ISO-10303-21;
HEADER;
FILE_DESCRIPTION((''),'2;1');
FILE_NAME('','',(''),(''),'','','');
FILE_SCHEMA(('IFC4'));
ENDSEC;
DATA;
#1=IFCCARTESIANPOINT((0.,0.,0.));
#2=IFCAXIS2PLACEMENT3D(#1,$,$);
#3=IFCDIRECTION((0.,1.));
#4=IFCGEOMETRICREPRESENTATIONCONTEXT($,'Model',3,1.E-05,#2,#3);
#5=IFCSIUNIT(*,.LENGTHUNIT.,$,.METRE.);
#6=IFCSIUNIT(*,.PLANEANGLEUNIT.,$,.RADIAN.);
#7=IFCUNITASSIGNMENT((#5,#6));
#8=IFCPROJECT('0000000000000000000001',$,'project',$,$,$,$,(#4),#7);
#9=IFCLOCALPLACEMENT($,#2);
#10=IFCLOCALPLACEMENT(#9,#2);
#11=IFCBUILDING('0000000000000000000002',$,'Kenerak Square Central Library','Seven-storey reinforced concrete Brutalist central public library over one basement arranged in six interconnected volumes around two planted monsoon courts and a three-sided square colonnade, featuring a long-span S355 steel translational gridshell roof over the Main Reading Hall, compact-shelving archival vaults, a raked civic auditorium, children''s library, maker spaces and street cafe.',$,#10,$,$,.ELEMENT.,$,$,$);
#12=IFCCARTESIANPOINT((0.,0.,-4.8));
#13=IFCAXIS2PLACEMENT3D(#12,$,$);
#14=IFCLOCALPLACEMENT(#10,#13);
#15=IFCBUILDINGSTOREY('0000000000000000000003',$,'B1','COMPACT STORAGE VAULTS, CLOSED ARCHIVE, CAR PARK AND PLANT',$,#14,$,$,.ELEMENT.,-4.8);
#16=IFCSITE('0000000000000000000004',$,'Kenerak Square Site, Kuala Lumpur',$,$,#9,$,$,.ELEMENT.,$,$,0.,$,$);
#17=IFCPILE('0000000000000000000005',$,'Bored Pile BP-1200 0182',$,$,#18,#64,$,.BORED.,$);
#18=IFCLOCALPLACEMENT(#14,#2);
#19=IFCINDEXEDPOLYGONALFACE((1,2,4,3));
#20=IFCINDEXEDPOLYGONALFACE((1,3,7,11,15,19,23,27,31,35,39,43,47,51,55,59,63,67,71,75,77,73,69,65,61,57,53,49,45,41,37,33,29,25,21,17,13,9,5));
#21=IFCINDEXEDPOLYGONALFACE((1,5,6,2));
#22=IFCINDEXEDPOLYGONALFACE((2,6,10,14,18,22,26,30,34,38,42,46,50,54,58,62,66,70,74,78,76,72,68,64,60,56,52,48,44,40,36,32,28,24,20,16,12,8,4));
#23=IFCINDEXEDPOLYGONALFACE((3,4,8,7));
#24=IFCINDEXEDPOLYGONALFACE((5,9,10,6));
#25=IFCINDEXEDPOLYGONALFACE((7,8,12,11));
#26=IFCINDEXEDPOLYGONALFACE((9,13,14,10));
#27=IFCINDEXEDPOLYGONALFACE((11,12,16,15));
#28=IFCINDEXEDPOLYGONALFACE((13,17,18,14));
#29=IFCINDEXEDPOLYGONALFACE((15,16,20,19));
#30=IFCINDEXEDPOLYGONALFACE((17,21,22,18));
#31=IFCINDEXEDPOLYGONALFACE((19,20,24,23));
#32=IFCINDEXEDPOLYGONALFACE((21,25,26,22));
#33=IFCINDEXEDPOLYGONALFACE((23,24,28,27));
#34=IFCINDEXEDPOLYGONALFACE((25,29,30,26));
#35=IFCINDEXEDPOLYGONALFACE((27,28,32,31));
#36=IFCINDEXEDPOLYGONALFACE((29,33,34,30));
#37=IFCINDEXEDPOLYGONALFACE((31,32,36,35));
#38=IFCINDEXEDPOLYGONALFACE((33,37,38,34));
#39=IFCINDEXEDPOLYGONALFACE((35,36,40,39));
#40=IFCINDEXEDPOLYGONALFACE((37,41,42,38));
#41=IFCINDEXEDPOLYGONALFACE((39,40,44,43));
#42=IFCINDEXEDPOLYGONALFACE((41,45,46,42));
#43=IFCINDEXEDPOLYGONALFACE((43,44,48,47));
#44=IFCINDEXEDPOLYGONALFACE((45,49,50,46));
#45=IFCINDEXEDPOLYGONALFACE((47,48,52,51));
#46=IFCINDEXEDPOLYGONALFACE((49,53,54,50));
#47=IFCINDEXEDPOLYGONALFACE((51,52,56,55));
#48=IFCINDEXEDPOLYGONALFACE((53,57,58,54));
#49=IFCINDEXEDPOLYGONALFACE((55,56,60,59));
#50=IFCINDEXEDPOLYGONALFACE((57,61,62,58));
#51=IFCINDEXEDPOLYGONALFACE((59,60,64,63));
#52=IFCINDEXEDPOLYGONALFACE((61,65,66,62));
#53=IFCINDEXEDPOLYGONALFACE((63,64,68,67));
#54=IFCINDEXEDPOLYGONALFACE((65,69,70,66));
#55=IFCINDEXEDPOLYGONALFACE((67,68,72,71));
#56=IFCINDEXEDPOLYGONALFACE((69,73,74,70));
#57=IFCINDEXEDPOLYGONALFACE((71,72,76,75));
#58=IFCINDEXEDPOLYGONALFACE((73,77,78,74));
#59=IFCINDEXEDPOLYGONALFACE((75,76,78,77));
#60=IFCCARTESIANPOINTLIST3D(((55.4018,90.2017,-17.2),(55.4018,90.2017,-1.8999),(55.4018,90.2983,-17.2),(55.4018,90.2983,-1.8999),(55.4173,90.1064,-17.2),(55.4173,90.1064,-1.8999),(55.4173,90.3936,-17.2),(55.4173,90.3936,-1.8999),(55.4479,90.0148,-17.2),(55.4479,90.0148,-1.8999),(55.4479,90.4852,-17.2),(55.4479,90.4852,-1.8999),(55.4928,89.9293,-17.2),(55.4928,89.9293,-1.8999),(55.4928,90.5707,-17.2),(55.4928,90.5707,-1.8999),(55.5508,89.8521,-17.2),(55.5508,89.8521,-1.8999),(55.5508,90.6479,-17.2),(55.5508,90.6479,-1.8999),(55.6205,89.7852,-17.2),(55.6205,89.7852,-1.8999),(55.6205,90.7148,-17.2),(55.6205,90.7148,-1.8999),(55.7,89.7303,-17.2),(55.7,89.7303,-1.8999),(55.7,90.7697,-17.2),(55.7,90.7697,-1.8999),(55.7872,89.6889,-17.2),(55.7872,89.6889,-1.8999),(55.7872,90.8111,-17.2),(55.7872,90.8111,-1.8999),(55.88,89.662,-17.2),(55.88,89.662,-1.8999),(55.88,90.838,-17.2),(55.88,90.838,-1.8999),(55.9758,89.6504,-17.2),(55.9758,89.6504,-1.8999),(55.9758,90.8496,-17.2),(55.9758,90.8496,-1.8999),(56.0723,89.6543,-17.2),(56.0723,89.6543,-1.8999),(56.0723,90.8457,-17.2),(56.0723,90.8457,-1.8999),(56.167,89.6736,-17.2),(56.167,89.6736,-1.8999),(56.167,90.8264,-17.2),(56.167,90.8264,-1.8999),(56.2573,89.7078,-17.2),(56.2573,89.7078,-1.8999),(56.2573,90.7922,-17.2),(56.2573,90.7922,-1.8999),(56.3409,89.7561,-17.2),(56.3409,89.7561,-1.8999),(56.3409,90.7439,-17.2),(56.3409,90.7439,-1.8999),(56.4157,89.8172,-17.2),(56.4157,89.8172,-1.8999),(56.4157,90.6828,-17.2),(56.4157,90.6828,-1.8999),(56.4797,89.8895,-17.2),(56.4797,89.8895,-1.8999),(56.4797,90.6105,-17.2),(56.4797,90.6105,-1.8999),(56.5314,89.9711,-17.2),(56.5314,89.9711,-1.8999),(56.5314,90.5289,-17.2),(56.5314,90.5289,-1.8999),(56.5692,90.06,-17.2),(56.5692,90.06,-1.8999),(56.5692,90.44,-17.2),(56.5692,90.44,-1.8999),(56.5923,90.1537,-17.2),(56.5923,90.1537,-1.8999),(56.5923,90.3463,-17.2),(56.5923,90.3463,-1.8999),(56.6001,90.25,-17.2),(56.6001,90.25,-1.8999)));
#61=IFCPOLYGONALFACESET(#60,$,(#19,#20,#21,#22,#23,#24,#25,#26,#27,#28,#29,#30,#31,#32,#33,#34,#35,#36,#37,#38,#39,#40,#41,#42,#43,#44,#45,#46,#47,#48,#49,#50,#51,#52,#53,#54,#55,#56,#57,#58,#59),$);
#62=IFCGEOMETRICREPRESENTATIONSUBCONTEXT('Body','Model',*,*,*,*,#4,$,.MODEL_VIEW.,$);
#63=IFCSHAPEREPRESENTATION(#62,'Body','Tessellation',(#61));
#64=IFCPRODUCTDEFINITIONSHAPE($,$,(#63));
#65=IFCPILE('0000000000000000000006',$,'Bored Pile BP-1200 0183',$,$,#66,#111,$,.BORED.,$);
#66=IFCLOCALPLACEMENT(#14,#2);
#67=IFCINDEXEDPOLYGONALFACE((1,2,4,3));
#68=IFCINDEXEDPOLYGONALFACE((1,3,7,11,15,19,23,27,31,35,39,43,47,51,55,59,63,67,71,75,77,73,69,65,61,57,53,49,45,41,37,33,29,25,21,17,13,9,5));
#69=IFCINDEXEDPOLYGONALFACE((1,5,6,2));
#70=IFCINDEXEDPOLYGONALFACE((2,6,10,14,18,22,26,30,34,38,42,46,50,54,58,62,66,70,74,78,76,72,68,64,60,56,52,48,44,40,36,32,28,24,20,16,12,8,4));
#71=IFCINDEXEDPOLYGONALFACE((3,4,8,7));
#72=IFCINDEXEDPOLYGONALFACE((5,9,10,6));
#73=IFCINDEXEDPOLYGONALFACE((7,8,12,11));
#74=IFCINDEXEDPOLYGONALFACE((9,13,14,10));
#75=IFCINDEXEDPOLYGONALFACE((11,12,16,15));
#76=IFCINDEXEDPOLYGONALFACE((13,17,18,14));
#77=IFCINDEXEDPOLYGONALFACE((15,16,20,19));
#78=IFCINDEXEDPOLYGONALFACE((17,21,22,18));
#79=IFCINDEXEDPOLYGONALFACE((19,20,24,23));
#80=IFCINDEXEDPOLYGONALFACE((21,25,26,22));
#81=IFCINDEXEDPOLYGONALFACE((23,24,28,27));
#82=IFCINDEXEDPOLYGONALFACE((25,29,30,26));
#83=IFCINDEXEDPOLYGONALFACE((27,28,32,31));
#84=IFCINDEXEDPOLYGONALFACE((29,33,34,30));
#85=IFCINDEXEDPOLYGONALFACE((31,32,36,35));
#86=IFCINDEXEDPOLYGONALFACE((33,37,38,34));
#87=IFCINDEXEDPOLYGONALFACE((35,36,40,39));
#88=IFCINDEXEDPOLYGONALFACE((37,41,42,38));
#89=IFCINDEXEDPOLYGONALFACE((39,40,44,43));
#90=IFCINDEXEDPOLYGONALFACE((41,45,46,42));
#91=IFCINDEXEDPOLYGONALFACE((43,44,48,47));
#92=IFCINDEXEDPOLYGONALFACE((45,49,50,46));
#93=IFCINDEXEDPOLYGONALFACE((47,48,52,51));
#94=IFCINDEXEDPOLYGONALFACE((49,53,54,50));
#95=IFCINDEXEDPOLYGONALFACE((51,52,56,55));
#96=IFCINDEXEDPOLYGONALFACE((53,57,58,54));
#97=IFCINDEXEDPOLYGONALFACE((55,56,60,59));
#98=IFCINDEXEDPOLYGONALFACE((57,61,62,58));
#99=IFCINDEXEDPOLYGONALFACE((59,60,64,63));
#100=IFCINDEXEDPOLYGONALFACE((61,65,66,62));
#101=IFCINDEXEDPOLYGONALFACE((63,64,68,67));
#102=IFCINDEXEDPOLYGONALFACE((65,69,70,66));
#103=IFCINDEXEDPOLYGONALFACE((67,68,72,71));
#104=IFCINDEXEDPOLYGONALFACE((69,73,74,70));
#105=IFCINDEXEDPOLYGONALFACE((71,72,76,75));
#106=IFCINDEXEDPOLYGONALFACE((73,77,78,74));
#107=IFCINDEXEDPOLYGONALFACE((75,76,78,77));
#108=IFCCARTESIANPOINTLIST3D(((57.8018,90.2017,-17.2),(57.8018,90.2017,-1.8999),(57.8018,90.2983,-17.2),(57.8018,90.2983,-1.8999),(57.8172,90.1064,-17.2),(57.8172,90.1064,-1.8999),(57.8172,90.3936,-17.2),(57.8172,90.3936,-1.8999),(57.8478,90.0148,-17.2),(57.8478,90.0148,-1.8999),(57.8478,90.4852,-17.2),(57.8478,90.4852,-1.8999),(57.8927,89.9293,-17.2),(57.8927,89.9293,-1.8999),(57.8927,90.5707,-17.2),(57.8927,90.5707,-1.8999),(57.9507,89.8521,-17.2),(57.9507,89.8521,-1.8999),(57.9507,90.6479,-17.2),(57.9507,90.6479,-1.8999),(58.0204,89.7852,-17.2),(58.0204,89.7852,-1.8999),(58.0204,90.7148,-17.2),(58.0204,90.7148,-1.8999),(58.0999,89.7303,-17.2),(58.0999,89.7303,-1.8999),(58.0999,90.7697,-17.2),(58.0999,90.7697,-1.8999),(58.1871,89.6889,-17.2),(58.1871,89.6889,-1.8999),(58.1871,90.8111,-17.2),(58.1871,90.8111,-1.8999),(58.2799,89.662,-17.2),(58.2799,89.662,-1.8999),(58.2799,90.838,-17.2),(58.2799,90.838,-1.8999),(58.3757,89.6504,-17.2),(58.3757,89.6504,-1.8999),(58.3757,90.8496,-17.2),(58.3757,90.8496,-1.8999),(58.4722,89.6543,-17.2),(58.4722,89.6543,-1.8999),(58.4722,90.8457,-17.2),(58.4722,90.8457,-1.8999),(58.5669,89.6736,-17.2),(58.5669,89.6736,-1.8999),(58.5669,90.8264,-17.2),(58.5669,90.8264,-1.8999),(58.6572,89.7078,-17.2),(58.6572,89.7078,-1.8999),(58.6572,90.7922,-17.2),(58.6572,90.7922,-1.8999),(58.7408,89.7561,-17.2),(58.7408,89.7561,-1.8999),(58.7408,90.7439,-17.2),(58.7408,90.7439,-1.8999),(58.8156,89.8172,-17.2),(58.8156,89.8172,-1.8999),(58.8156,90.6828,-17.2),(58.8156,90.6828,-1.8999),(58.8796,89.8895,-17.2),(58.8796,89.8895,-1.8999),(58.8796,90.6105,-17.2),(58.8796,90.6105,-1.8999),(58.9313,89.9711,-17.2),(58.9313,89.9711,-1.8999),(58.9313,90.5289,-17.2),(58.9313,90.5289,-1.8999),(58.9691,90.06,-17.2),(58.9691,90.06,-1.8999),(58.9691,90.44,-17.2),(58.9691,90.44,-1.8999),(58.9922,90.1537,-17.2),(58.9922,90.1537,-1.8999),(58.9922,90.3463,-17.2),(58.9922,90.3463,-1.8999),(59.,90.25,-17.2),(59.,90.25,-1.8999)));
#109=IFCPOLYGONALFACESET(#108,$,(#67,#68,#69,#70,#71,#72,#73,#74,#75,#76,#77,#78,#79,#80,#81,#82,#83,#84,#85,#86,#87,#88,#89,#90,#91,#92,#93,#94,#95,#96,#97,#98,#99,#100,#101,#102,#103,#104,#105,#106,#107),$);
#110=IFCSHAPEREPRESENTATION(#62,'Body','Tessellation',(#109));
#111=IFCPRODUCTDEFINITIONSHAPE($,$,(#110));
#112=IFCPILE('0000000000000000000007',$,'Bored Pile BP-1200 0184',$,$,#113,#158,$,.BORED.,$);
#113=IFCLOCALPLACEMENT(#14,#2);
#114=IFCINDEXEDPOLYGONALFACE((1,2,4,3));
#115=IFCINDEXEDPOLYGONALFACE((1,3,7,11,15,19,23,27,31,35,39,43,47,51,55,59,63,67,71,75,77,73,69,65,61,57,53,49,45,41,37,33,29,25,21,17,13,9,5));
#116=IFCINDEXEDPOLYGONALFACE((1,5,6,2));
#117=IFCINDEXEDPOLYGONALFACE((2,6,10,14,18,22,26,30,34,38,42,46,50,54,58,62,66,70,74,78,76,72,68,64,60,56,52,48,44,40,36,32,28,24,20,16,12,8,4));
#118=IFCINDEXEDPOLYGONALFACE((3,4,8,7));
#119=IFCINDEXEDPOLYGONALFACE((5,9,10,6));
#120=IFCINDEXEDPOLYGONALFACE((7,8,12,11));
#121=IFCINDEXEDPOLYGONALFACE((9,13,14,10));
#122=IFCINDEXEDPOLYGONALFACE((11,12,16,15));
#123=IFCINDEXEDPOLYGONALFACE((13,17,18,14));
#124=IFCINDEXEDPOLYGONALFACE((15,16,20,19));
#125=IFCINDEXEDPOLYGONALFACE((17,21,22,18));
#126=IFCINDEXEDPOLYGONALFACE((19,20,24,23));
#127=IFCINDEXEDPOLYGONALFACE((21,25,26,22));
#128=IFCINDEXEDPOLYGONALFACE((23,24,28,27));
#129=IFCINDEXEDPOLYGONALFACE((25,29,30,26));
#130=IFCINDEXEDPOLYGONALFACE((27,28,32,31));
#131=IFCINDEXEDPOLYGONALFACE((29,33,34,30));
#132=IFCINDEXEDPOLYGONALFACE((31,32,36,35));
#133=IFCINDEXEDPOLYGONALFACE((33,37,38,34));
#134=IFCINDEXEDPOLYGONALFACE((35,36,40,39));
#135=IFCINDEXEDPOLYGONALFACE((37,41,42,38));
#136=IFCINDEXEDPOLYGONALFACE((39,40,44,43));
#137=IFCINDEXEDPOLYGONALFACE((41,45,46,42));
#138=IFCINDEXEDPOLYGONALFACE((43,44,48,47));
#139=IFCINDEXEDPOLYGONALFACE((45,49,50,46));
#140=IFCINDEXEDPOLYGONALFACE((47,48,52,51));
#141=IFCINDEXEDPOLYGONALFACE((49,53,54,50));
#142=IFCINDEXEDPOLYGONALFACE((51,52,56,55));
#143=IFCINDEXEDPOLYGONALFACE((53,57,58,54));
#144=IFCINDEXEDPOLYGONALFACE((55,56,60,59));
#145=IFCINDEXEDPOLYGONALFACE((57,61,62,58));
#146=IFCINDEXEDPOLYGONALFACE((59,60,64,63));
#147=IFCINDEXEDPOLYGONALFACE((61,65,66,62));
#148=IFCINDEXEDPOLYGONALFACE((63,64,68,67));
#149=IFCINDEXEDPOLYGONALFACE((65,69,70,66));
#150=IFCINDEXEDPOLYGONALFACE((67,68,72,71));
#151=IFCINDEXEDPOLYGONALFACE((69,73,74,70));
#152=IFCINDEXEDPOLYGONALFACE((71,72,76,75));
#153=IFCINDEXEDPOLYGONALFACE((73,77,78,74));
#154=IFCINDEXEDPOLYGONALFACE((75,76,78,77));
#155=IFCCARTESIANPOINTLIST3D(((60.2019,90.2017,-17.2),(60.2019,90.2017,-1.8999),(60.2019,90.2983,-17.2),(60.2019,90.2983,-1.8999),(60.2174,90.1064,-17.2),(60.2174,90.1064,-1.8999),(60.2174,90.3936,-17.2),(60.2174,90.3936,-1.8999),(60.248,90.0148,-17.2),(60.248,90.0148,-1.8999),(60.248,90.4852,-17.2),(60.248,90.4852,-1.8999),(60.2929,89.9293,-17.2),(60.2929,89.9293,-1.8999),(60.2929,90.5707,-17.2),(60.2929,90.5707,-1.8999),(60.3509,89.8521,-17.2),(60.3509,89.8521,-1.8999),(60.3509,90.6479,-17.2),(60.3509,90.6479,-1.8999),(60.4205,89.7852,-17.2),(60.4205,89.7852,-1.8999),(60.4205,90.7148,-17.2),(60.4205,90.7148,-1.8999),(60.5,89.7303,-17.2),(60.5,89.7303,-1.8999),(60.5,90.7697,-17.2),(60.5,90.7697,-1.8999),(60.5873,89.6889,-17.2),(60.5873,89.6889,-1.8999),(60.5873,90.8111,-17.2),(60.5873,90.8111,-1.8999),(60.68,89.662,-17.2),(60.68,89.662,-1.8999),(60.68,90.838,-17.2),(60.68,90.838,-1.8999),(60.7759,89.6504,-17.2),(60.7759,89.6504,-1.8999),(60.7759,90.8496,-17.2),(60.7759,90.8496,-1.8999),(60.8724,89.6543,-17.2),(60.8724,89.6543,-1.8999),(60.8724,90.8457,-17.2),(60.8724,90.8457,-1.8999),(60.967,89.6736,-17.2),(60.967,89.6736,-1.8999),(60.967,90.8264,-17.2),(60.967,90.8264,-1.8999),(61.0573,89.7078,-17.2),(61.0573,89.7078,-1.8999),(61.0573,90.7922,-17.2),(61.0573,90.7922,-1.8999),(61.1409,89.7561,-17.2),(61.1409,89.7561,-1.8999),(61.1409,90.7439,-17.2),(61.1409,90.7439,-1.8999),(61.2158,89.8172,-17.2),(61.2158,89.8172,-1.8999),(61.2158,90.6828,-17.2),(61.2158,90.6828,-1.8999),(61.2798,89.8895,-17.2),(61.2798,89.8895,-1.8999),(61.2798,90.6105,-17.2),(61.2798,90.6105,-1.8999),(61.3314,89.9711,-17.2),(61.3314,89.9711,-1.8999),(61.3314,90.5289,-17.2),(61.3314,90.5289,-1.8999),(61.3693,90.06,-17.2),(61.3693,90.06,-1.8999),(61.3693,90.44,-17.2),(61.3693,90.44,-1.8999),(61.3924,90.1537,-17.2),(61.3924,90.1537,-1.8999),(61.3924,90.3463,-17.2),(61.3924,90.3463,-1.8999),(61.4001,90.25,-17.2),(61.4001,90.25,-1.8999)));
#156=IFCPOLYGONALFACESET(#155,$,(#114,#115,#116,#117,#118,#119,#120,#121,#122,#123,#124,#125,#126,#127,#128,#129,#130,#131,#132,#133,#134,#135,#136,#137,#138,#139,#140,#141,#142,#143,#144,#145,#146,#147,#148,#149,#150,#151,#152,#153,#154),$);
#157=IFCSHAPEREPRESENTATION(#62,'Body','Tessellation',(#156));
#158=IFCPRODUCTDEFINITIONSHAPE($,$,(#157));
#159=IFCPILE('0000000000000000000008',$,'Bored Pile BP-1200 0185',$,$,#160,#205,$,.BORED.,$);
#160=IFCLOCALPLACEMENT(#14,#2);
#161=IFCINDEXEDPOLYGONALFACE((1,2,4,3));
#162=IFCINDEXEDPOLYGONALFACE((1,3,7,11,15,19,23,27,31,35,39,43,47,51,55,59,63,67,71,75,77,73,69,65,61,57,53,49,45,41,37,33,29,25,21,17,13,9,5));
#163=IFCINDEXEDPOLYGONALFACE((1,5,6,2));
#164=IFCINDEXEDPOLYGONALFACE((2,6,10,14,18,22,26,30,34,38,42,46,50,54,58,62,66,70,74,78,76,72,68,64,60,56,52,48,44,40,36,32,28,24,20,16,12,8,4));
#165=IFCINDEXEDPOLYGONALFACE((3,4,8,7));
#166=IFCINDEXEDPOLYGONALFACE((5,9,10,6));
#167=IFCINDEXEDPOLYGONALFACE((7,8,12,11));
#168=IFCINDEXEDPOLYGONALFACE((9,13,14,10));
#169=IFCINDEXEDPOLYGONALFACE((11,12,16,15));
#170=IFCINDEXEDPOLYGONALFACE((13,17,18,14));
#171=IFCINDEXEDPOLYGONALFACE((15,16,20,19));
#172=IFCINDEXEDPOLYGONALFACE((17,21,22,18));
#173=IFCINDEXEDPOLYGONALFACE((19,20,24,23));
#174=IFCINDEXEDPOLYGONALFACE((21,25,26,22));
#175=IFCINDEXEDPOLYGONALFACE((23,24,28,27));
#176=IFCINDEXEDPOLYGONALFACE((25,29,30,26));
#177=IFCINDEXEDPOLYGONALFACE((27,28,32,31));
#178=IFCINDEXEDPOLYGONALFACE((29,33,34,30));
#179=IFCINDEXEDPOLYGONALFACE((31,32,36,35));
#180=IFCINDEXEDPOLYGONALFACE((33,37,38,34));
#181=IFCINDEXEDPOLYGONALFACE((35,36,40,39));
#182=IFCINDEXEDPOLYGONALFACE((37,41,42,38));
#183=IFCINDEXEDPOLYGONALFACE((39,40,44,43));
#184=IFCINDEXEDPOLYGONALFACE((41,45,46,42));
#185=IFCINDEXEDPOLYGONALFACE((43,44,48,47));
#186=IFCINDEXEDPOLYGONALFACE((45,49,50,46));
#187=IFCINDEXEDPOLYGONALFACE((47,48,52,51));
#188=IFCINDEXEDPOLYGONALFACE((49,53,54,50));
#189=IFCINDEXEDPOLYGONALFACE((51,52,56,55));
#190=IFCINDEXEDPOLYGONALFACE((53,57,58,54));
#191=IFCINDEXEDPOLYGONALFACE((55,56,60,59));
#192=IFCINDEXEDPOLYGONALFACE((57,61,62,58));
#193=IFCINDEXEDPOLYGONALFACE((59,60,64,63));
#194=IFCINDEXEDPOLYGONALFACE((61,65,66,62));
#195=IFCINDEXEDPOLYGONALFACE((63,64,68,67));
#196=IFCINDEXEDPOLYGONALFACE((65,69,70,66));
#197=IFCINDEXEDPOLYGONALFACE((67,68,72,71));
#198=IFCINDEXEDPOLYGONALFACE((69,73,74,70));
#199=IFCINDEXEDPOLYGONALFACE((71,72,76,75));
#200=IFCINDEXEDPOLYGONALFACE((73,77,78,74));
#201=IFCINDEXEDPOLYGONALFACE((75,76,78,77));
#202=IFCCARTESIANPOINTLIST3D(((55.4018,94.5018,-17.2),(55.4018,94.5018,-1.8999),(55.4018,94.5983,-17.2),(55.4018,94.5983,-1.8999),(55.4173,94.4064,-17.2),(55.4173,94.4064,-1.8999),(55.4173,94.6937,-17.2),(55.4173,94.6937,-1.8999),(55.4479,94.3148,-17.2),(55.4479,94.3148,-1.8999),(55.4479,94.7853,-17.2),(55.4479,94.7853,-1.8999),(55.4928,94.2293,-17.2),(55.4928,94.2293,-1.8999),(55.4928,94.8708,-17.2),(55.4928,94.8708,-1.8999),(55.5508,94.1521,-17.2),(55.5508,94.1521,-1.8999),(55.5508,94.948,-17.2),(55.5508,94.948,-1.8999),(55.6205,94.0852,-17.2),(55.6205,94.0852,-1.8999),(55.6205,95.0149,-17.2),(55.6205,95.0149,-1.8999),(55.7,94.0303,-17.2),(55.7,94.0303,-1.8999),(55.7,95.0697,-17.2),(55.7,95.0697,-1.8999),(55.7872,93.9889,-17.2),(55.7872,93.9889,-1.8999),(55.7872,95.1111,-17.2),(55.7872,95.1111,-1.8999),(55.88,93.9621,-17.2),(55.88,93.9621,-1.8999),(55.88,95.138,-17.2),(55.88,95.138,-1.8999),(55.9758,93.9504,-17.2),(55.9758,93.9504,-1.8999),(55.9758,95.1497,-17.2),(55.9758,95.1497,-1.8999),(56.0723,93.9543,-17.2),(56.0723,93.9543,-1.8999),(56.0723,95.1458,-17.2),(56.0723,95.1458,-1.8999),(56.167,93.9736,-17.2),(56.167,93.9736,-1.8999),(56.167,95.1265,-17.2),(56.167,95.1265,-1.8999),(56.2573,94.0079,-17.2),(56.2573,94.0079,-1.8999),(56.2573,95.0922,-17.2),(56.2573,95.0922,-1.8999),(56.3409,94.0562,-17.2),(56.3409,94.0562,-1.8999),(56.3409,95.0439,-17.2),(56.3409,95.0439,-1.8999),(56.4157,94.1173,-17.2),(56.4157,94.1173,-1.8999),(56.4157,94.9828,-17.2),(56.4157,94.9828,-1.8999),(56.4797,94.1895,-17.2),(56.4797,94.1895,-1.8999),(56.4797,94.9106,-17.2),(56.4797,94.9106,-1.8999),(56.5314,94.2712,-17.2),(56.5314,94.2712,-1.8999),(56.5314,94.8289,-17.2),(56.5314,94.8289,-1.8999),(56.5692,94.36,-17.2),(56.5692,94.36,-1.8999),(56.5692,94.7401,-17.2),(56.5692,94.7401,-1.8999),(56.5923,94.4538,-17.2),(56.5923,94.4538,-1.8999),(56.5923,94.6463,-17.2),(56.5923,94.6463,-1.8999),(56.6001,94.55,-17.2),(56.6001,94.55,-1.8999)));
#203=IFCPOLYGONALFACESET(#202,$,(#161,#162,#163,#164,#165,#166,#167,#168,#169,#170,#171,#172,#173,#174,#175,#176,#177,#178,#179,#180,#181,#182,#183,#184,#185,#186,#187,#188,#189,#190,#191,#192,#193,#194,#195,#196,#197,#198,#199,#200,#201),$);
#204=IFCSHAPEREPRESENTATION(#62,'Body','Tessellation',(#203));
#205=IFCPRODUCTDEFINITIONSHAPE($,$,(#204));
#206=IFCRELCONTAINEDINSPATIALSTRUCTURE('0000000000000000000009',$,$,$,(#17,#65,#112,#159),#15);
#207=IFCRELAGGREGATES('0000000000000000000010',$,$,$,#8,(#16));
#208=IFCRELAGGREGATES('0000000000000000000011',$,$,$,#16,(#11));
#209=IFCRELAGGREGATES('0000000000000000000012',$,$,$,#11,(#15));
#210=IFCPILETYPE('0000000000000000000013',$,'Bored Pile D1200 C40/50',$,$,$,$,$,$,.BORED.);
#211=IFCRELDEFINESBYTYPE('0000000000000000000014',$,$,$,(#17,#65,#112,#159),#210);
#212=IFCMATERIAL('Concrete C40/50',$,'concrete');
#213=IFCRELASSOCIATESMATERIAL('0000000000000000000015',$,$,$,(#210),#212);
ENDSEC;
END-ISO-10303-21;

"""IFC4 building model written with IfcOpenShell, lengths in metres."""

from ifc_helpers import new_model, si_unit, direction, frame, origin, origin_2d, place, context, subcontext, project, spatial, circle, extrude, material, material_profile, profile_set, type_object, element, save


model = new_model("IFC4")

# Units and contexts
model_context = context("Model", 3, precision=1e-05, world=origin(), true_north=direction((0.0, 1.0)))
body_context = subcontext(model_context, "Body", "Model", "MODEL_VIEW")
ifc_project = project(units=[si_unit("LENGTHUNIT", "METRE"), si_unit("PLANEANGLEUNIT", "RADIAN")], contexts=[model_context])

# Site, building, storey
site_placement = place(None, origin())
site = spatial("IfcSite", under=ifc_project, at=site_placement, Name="Kenerak Square Site, Kuala Lumpur", CompositionType="ELEMENT", RefElevation=0.0)
building_placement = place(site_placement, origin())
building = spatial("IfcBuilding", under=site, at=building_placement, Name="Kenerak Square Central Library", Description="Seven-storey reinforced concrete Brutalist central public library over one basement arranged in six interconnected volumes around two planted monsoon courts and a three-sided square colonnade, featuring a long-span S355 steel translational gridshell roof over the Main Reading Hall, compact-shelving archival vaults, a raked civic auditorium, children's library, maker spaces and street cafe.", CompositionType="ELEMENT")
storey_placement = place(building_placement, frame((0.0, 0.0, -4.8)))
storey = spatial("IfcBuildingStorey", under=building, at=storey_placement, Name="B1", Description="COMPACT STORAGE VAULTS, CLOSED ARCHIVE, CAR PARK AND PLANT", CompositionType="ELEMENT", Elevation=-4.8)

# Piles
ifc_material_1 = material(Name="Concrete C40/50", Category="concrete")
ifc_material_profile_1 = material_profile(ifc_material_1, circle(Radius=0.6001, at=origin_2d()), Name="BP D1200")
ifc_profile_set_1 = profile_set([ifc_material_profile_1], Name="Concrete C40/50")
pile_type = type_object("IfcPileType", Name="Bored Pile D1200 C40/50", PredefinedType="BORED", material=ifc_profile_set_1)
for number, where, z_axis, x_axis, name in (
    (1, (56.0, 90.25, -1.8999), (0.0, 0.0, -1.0), (1.0, 0.0, 0.0), "Bored Pile BP-1200 0182"),
    (2, (58.3999, 90.25, -1.8999), (0.0, 0.0, -1.0), (1.0, 0.0, 0.0), "Bored Pile BP-1200 0183"),
    (3, (60.8, 90.25, -1.8999), (0.0, 0.0, -1.0), (1.0, 0.0, 0.0), "Bored Pile BP-1200 0184"),
    (4, (56.0, 94.55, -1.8999), (0.0, 0.0, -1.0), (1.0, 0.0, 0.0), "Bored Pile BP-1200 0185"),
):
    element("IfcPile", number, at=place(storey_placement, frame(where, z_axis=z_axis, x_axis=x_axis)), inside=storey, type_object=pile_type, Name=name, PredefinedType="BORED", context=body_context, shape_type="SweptSolid", body=[
        extrude(circle(Radius=0.6001, at=origin_2d()), origin(), (0.0, 0.0, 1.0), 15.3),
    ])

save(model, "model.ifc")
